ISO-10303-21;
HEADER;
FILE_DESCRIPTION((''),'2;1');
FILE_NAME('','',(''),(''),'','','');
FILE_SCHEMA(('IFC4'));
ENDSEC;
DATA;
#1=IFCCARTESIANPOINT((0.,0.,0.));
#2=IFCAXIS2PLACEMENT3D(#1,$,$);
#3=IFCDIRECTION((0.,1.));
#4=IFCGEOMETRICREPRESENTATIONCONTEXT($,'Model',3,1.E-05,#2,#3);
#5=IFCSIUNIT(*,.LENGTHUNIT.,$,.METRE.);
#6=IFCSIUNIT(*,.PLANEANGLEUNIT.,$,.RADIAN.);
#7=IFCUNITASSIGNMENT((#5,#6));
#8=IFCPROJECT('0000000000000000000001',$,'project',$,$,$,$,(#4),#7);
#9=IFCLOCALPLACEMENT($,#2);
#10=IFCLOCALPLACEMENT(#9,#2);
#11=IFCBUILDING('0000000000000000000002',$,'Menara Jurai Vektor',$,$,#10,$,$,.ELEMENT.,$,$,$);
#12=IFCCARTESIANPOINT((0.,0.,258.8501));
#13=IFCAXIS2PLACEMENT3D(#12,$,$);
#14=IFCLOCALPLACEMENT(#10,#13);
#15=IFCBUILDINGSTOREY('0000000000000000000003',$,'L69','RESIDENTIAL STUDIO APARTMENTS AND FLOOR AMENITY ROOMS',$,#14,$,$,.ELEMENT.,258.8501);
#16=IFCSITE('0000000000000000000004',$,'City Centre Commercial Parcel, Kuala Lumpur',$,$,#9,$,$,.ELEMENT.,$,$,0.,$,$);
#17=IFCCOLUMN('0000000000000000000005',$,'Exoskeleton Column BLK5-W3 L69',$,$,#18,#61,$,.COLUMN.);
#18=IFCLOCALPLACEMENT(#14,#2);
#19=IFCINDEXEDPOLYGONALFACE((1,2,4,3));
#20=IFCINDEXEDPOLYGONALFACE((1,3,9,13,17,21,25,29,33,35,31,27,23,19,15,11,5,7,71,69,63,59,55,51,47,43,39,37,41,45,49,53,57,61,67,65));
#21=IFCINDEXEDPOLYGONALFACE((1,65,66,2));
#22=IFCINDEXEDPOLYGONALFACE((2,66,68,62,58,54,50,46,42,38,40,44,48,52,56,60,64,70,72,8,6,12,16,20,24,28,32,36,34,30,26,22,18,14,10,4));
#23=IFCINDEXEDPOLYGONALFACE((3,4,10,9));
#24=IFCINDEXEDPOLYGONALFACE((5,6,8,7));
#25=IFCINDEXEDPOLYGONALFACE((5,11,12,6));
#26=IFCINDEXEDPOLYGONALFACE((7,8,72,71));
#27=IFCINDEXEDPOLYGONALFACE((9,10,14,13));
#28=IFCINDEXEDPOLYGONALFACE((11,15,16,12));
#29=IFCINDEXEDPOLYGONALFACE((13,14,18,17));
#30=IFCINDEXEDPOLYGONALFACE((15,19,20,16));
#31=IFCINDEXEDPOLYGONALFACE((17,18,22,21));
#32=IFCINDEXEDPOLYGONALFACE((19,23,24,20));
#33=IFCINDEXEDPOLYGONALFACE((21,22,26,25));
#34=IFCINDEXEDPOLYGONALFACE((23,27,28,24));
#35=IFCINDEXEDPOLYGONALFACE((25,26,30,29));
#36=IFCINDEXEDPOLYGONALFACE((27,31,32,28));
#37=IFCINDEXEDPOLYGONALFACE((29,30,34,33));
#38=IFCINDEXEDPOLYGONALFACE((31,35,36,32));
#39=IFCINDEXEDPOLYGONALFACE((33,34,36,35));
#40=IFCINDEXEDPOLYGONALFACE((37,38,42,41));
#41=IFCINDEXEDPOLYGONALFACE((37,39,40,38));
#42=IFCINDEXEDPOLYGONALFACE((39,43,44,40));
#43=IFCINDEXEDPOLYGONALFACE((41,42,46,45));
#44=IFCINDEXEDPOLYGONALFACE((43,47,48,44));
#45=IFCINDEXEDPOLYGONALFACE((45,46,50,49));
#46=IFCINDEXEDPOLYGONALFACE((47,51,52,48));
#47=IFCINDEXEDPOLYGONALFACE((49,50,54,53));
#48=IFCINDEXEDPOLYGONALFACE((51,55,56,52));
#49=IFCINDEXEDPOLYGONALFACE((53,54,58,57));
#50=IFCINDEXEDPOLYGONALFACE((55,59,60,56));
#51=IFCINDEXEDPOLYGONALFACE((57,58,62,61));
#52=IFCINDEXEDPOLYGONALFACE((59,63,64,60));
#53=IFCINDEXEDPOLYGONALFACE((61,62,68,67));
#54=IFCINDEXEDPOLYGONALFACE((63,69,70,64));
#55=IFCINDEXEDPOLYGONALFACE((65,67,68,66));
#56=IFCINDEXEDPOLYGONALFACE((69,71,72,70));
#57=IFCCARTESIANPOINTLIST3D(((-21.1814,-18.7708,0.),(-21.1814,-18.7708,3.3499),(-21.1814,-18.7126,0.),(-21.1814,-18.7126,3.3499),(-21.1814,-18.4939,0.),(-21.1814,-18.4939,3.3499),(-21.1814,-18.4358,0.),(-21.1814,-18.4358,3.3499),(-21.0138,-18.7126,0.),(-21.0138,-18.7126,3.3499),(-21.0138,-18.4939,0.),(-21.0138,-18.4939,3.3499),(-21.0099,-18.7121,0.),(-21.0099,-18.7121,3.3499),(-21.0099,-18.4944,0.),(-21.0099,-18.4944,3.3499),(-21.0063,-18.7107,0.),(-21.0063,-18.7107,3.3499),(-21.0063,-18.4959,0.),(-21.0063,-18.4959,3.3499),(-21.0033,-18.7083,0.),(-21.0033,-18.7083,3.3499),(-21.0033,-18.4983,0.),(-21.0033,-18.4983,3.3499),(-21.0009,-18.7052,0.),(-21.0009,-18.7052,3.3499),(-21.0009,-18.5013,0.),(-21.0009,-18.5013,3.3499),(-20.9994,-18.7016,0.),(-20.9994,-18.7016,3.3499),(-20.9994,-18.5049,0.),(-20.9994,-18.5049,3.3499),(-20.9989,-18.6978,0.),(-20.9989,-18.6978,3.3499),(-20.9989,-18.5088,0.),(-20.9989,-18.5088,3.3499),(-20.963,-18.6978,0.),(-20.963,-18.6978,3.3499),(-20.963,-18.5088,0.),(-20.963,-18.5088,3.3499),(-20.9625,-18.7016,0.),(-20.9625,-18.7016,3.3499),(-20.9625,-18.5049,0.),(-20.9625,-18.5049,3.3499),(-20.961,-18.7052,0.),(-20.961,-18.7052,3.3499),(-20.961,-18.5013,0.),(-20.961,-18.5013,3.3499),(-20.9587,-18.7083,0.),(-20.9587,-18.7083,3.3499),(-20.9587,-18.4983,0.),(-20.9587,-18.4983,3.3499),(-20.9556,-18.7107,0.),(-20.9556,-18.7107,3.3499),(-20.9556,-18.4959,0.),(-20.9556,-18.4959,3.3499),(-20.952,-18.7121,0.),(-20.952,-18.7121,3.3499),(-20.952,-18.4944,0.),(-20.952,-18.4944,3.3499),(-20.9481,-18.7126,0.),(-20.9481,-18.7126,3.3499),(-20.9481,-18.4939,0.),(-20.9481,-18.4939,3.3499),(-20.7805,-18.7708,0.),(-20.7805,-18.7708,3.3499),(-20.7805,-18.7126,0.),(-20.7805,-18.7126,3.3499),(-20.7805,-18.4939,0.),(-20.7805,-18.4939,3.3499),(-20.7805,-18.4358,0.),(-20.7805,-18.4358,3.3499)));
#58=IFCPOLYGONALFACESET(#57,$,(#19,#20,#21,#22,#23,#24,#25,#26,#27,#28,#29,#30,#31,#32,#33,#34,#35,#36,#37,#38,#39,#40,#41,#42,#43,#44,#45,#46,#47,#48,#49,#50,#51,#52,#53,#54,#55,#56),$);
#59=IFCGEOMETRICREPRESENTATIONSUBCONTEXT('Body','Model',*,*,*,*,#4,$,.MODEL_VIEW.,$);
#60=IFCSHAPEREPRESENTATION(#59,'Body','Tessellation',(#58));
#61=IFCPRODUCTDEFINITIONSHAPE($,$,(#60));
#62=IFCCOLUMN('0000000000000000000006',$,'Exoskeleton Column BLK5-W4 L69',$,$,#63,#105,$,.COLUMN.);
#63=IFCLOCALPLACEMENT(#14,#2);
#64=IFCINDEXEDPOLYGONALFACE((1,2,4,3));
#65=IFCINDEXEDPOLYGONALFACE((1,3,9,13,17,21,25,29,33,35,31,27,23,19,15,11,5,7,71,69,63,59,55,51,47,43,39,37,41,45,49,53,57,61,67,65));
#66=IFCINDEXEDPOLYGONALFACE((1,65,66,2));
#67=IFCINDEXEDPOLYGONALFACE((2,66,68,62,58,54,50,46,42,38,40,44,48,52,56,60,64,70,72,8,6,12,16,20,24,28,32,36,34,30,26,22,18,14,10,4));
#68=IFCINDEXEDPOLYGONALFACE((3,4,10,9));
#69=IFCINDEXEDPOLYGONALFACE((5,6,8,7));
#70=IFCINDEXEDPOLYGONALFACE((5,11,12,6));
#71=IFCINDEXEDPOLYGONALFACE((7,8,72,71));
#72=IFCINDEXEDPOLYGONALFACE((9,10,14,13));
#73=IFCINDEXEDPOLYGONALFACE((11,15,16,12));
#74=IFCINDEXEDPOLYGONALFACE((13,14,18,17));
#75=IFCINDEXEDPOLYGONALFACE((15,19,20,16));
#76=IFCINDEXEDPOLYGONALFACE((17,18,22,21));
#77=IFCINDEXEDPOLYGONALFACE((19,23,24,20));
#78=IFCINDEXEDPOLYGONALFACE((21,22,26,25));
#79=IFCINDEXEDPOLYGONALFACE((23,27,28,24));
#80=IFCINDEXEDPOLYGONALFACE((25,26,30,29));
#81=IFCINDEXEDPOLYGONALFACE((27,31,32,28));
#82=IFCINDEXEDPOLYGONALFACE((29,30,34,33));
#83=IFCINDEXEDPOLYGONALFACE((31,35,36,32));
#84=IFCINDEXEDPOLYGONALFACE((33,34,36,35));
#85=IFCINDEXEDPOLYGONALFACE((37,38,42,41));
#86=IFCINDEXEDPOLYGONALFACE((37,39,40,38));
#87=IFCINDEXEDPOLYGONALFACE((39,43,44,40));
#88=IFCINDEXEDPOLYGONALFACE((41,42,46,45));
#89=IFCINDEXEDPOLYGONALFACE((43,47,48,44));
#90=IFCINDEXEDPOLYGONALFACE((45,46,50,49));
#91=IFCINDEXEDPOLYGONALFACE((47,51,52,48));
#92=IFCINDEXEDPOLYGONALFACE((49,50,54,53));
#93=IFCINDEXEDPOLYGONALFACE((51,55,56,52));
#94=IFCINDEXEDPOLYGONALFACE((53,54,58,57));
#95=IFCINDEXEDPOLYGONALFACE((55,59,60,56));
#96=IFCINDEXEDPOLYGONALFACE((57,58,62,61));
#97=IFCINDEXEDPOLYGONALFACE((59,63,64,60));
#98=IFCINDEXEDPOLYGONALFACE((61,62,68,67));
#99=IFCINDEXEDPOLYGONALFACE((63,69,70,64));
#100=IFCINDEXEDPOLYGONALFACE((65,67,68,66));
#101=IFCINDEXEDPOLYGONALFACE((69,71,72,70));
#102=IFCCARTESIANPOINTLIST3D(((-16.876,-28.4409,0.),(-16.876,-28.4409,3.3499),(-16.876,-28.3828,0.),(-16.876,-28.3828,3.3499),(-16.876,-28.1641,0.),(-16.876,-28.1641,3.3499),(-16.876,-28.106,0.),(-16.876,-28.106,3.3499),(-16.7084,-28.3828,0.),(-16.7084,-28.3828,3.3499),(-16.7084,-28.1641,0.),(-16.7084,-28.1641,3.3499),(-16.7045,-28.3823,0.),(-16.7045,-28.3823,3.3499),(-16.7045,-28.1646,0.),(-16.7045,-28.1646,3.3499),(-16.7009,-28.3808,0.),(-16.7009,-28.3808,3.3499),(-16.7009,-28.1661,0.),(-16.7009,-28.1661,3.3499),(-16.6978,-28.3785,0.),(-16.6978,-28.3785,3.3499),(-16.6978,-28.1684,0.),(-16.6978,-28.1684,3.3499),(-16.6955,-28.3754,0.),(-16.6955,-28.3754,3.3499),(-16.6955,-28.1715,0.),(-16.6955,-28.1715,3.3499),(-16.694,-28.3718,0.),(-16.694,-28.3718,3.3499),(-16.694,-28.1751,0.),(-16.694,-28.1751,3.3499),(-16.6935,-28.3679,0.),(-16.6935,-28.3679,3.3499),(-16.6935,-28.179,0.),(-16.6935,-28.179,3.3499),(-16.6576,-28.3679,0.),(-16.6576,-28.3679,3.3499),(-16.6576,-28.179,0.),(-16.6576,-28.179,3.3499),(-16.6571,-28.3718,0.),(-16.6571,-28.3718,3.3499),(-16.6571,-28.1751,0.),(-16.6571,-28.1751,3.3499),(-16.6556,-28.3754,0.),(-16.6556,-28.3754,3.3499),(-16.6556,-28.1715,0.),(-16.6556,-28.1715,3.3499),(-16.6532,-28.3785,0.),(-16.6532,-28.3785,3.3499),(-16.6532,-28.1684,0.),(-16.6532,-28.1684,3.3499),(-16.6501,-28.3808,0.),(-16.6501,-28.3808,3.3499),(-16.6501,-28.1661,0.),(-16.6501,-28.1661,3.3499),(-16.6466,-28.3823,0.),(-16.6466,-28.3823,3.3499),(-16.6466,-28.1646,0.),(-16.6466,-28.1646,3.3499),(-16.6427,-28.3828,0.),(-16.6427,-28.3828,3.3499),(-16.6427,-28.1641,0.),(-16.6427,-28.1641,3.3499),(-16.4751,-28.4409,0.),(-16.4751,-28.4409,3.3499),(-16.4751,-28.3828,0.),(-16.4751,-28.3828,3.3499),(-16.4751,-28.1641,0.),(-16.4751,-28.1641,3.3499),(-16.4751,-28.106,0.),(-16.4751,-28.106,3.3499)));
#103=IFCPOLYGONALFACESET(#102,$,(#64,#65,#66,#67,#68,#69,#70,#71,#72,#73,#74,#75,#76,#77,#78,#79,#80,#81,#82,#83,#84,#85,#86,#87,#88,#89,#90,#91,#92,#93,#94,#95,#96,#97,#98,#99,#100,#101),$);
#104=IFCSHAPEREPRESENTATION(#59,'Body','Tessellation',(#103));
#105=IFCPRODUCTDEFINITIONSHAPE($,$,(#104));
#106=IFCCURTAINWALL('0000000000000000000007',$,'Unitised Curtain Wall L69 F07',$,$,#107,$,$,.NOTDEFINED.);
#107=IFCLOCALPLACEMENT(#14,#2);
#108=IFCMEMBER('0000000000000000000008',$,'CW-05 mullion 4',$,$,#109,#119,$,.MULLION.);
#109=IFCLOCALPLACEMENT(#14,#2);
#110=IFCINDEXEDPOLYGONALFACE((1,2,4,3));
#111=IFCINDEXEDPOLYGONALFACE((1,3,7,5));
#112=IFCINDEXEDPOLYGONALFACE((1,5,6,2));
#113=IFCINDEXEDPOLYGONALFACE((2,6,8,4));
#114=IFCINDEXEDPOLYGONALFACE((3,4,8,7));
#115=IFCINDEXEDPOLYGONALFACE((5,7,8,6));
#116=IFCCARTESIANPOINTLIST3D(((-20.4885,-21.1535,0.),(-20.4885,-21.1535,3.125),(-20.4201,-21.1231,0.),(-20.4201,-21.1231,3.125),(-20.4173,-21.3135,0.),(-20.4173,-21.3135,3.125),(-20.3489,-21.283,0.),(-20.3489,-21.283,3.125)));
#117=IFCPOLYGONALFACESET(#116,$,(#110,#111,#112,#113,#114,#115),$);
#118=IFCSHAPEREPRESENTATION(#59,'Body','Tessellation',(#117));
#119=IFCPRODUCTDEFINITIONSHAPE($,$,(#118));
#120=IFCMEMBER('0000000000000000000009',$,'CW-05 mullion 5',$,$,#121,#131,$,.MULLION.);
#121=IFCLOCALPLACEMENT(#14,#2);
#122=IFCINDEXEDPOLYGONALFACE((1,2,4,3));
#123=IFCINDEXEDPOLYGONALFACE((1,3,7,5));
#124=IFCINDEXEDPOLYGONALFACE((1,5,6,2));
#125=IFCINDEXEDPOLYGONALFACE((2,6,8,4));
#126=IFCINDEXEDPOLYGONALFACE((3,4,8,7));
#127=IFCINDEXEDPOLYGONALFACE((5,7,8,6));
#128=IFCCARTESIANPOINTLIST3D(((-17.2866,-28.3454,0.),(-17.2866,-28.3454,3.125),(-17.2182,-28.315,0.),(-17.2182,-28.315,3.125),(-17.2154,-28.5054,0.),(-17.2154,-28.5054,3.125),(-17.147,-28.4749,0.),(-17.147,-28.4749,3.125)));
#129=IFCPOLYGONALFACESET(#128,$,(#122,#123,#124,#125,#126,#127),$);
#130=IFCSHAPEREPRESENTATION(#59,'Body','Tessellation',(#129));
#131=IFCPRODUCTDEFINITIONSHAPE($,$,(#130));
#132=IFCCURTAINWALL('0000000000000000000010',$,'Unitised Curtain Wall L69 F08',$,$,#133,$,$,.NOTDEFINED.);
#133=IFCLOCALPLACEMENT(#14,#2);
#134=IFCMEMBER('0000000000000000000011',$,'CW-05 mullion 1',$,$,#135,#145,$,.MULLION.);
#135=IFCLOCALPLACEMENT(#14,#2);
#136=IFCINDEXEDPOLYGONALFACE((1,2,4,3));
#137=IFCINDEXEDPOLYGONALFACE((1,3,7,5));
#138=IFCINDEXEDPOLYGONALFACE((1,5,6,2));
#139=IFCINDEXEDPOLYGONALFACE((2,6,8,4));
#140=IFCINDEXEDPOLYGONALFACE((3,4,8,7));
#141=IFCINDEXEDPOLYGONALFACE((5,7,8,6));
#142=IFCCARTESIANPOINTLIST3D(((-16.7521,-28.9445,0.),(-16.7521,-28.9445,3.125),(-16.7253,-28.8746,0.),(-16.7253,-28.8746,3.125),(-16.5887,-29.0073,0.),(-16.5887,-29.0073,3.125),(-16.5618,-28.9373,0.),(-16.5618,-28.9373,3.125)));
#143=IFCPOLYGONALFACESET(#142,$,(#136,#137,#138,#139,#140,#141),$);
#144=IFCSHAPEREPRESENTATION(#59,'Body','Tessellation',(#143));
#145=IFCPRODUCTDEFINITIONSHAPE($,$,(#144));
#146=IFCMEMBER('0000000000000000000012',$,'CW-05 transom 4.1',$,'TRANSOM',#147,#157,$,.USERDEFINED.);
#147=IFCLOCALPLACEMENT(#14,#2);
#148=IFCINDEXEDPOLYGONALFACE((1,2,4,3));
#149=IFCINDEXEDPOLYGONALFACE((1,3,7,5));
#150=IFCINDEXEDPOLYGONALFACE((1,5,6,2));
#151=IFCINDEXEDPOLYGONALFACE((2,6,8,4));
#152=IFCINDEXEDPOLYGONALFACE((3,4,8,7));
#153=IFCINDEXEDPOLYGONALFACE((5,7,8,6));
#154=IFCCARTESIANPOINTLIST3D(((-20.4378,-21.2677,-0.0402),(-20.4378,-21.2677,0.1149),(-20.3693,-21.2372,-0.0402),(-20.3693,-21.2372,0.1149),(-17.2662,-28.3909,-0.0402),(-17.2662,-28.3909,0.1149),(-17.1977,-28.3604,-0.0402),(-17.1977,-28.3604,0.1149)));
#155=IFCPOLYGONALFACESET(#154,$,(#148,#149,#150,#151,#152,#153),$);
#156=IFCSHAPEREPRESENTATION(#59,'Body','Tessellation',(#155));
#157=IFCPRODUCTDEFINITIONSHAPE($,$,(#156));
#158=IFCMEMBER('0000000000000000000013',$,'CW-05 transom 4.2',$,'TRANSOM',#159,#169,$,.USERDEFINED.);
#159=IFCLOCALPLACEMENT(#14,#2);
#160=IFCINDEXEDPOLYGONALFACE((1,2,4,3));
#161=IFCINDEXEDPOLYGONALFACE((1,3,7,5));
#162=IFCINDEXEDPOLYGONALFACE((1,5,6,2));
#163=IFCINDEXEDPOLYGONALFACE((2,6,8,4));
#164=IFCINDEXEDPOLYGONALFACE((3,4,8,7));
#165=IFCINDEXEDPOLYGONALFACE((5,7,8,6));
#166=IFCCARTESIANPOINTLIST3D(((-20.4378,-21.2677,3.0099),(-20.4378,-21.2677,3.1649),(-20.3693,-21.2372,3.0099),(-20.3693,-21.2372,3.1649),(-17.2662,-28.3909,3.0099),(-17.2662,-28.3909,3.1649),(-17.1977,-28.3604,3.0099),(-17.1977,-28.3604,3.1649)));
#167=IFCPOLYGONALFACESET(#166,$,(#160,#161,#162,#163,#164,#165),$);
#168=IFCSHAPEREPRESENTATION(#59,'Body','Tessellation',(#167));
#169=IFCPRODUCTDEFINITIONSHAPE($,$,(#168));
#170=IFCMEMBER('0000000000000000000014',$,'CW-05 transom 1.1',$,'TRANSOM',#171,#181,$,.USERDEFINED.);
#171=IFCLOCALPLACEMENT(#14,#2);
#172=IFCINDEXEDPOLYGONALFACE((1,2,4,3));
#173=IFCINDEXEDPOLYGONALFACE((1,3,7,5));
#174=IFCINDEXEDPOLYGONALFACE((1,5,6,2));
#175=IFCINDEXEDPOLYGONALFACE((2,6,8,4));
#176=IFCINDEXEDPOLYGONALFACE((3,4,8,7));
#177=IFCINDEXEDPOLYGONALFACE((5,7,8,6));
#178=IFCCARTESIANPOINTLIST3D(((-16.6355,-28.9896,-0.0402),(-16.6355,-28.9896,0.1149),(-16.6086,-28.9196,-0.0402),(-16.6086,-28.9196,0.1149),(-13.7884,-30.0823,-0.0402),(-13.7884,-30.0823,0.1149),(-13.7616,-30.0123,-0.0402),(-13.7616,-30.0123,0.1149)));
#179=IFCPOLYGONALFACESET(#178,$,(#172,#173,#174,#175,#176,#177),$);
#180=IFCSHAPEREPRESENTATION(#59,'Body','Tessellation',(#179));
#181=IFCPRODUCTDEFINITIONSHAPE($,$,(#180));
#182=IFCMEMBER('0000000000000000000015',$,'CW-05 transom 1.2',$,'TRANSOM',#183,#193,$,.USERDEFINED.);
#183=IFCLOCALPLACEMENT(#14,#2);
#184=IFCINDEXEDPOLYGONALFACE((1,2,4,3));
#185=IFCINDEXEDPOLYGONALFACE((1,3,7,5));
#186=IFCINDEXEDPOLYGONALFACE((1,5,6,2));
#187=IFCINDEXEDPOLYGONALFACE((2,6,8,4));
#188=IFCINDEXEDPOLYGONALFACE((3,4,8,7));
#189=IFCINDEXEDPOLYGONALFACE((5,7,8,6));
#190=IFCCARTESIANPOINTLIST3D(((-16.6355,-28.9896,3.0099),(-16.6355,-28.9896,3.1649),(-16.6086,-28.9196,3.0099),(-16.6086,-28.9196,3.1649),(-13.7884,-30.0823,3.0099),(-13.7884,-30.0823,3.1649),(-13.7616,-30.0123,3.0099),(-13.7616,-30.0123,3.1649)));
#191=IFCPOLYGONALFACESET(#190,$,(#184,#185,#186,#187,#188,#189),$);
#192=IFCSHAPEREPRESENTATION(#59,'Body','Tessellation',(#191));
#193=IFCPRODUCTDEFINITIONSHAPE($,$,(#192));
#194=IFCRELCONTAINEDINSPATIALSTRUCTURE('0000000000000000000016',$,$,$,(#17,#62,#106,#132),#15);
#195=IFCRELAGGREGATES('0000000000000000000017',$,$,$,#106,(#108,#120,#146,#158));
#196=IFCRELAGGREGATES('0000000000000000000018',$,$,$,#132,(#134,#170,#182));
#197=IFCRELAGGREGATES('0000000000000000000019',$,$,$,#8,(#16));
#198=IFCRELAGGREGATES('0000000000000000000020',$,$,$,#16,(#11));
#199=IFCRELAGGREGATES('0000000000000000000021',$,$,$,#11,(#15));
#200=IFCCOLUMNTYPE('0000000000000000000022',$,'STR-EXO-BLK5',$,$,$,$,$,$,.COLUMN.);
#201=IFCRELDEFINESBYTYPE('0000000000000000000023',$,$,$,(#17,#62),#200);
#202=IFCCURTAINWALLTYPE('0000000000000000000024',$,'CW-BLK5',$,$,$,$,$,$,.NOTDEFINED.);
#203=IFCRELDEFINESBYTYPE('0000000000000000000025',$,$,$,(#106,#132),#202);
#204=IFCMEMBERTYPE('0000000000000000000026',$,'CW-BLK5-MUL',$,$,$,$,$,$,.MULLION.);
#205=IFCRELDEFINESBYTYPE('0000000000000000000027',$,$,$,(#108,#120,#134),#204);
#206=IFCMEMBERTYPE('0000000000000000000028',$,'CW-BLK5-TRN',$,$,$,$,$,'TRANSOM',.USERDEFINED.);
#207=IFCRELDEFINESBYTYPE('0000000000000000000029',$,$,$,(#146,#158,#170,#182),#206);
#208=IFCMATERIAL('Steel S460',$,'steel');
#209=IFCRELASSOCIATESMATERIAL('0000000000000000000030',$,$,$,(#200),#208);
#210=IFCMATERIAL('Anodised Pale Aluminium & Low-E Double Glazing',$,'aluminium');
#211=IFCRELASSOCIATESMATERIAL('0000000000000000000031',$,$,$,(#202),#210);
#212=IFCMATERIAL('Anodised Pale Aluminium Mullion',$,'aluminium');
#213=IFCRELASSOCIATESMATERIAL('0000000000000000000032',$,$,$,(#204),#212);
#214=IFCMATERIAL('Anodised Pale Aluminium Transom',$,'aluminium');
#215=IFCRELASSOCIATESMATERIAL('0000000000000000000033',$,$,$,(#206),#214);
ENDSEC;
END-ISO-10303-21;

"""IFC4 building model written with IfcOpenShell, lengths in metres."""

from ifc_helpers import new_model, si_unit, direction, frame, origin, origin_2d, place, context, subcontext, project, spatial, rectangle, i_section, extrude, material, material_profile, profile_set, type_object, element, aggregate, save


model = new_model("IFC4")

# Units and contexts
model_context = context("Model", 3, precision=1e-05, world=origin(), true_north=direction((0.0, 1.0)))
body_context = subcontext(model_context, "Body", "Model", "MODEL_VIEW")
ifc_project = project(units=[si_unit("LENGTHUNIT", "METRE"), si_unit("PLANEANGLEUNIT", "RADIAN")], contexts=[model_context])

# Site, building, storey
site_placement = place(None, origin())
site = spatial("IfcSite", under=ifc_project, at=site_placement, Name="City Centre Commercial Parcel, Kuala Lumpur", CompositionType="ELEMENT", RefElevation=0.0)
building_placement = place(site_placement, origin())
building = spatial("IfcBuilding", under=site, at=building_placement, Name="Menara Jurai Vektor", CompositionType="ELEMENT")
storey_placement = place(building_placement, frame((0.0, 0.0, 258.8501)))
storey = spatial("IfcBuildingStorey", under=building, at=storey_placement, Name="L69", Description="RESIDENTIAL STUDIO APARTMENTS AND FLOOR AMENITY ROOMS", CompositionType="ELEMENT", Elevation=258.8501)

# Columns
ifc_material_1 = material(Name="Steel S460", Category="steel")
ifc_material_profile_1 = material_profile(ifc_material_1, i_section(OverallWidth=0.4009, OverallDepth=0.335, WebThickness=0.0359, FlangeThickness=0.0581, FilletRadius=0.0149, at=origin_2d()), Name="HD 400x463")
ifc_profile_set_1 = profile_set([ifc_material_profile_1], Name="Steel S460")
column_type = type_object("IfcColumnType", Name="STR-EXO-BLK5", PredefinedType="COLUMN", material=ifc_profile_set_1)
for number, where, z_axis, x_axis, name in (
    (1, (-20.981, -18.6033, 0.0), (0.0, 0.0, 1.0), (1.0, 0.0, 0.0), "Exoskeleton Column BLK5-W3 L69"),
    (2, (-16.6755, -28.2734, 0.0), (0.0, 0.0, 1.0), (1.0, 0.0, 0.0), "Exoskeleton Column BLK5-W4 L69"),
):
    element("IfcColumn", number, at=place(storey_placement, frame(where, z_axis=z_axis, x_axis=x_axis)), inside=storey, type_object=column_type, Name=name, PredefinedType="COLUMN", context=body_context, shape_type="SweptSolid", body=[
        extrude(i_section(OverallWidth=0.4009, OverallDepth=0.335, WebThickness=0.0359, FlangeThickness=0.0581, FilletRadius=0.0149, at=origin_2d()), origin(), (0.0, 0.0, 1.0), 3.3499),
    ])

# Curtain wall, members
ifc_material_2 = material(Name="Anodised Pale Aluminium & Low-E Double Glazing", Category="aluminium")
curtain_wall_type = type_object("IfcCurtainWallType", Name="CW-BLK5", PredefinedType="NOTDEFINED", material=ifc_material_2)
curtain_wall_1_placement = place(storey_placement, origin())
curtain_wall_1 = element("IfcCurtainWall", 3, at=curtain_wall_1_placement, inside=storey, type_object=curtain_wall_type, Name="Unitised Curtain Wall L69 F07", PredefinedType="NOTDEFINED")
ifc_material_3 = material(Name="Anodised Pale Aluminium Mullion", Category="aluminium")
ifc_material_profile_2 = material_profile(ifc_material_3, rectangle(XDim=0.075, YDim=0.175, at=origin_2d()), Name="ALU MUL 75x175")
ifc_profile_set_2 = profile_set([ifc_material_profile_2], Name="Anodised Pale Aluminium Mullion")
member_type_1 = type_object("IfcMemberType", Name="CW-BLK5-MUL", PredefinedType="MULLION", material=ifc_profile_set_2)
member_1_placement = place(storey_placement, frame((-20.4187, -21.2183, 0.0), z_axis=(0.0, 0.0, 1.0), x_axis=(0.913546, 0.406735, 0.0)))
member_1 = element("IfcMember", 4, at=member_1_placement, type_object=member_type_1, Name="CW-05 mullion 4", PredefinedType="MULLION", context=body_context, shape_type="SweptSolid", body=[
    extrude(rectangle(XDim=0.075, YDim=0.175, at=origin_2d()), origin(), (0.0, 0.0, 1.0), 3.125),
])
member_2_placement = place(storey_placement, frame((-17.2168, -28.4102, 0.0), z_axis=(0.0, 0.0, 1.0), x_axis=(0.913546, 0.406735, 0.0)))
member_2 = element("IfcMember", 5, at=member_2_placement, type_object=member_type_1, Name="CW-05 mullion 5", PredefinedType="MULLION", context=body_context, shape_type="SweptSolid", body=[
    extrude(rectangle(XDim=0.075, YDim=0.175, at=origin_2d()), origin(), (0.0, 0.0, 1.0), 3.125),
])

# Curtain wall, member
curtain_wall_2_placement = place(storey_placement, origin())
curtain_wall_2 = element("IfcCurtainWall", 6, at=curtain_wall_2_placement, inside=storey, type_object=curtain_wall_type, Name="Unitised Curtain Wall L69 F08", PredefinedType="NOTDEFINED")
member_3_placement = place(storey_placement, frame((-16.657, -28.9409, 0.0), z_axis=(0.0, 0.0, 1.0), x_axis=(0.358374, 0.933578, 0.0)))
member_3 = element("IfcMember", 7, at=member_3_placement, type_object=member_type_1, Name="CW-05 mullion 1", PredefinedType="MULLION", context=body_context, shape_type="SweptSolid", body=[
    extrude(rectangle(XDim=0.075, YDim=0.175, at=origin_2d()), origin(), (0.0, 0.0, 1.0), 3.125),
])

# Members
ifc_material_4 = material(Name="Anodised Pale Aluminium Transom", Category="aluminium")
ifc_material_profile_3 = material_profile(ifc_material_4, rectangle(XDim=0.075, YDim=0.155, at=origin_2d()), Name="ALU TRN 75x155")
ifc_profile_set_3 = profile_set([ifc_material_profile_3], Name="Anodised Pale Aluminium Transom")
member_type_2 = type_object("IfcMemberType", Name="CW-BLK5-TRN", ElementType="TRANSOM", PredefinedType="USERDEFINED", material=ifc_profile_set_3)
member_4_placement = place(storey_placement, frame((-20.4036, -21.2524, 0.0374), z_axis=(0.406751, -0.913539, 0.0), x_axis=(0.913539, 0.406751, 0.0)))
member_4 = element("IfcMember", 8, at=member_4_placement, type_object=member_type_2, Name="CW-05 transom 4.1", ObjectType="TRANSOM", PredefinedType="USERDEFINED", context=body_context, shape_type="SweptSolid", body=[
    extrude(rectangle(XDim=0.075, YDim=0.155, at=origin_2d()), origin(), (0.0, 0.0, 1.0), 7.7974),
])
member_5_placement = place(storey_placement, frame((-20.4036, -21.2524, 3.0874), z_axis=(0.406751, -0.913539, 0.0), x_axis=(0.913539, 0.406751, 0.0)))
member_5 = element("IfcMember", 9, at=member_5_placement, type_object=member_type_2, Name="CW-05 transom 4.2", ObjectType="TRANSOM", PredefinedType="USERDEFINED", context=body_context, shape_type="SweptSolid", body=[
    extrude(rectangle(XDim=0.075, YDim=0.155, at=origin_2d()), origin(), (0.0, 0.0, 1.0), 7.7974),
])
member_6_placement = place(storey_placement, frame((-16.6221, -28.9546, 0.0374), z_axis=(0.933597, -0.358325, 0.0), x_axis=(0.358325, 0.933597, 0.0)))
member_6 = element("IfcMember", 10, at=member_6_placement, type_object=member_type_2, Name="CW-05 transom 1.1", ObjectType="TRANSOM", PredefinedType="USERDEFINED", context=body_context, shape_type="SweptSolid", body=[
    extrude(rectangle(XDim=0.075, YDim=0.155, at=origin_2d()), origin(), (0.0, 0.0, 1.0), 3.0496),
])
member_7_placement = place(storey_placement, frame((-16.6221, -28.9546, 3.0874), z_axis=(0.933597, -0.358325, 0.0), x_axis=(0.358325, 0.933597, 0.0)))
member_7 = element("IfcMember", 11, at=member_7_placement, type_object=member_type_2, Name="CW-05 transom 1.2", ObjectType="TRANSOM", PredefinedType="USERDEFINED", context=body_context, shape_type="SweptSolid", body=[
    extrude(rectangle(XDim=0.075, YDim=0.155, at=origin_2d()), origin(), (0.0, 0.0, 1.0), 3.0496),
])

aggregate(curtain_wall_1, [member_1, member_2, member_4, member_5])
aggregate(curtain_wall_2, [member_3, member_6, member_7])

save(model, "model.ifc")
